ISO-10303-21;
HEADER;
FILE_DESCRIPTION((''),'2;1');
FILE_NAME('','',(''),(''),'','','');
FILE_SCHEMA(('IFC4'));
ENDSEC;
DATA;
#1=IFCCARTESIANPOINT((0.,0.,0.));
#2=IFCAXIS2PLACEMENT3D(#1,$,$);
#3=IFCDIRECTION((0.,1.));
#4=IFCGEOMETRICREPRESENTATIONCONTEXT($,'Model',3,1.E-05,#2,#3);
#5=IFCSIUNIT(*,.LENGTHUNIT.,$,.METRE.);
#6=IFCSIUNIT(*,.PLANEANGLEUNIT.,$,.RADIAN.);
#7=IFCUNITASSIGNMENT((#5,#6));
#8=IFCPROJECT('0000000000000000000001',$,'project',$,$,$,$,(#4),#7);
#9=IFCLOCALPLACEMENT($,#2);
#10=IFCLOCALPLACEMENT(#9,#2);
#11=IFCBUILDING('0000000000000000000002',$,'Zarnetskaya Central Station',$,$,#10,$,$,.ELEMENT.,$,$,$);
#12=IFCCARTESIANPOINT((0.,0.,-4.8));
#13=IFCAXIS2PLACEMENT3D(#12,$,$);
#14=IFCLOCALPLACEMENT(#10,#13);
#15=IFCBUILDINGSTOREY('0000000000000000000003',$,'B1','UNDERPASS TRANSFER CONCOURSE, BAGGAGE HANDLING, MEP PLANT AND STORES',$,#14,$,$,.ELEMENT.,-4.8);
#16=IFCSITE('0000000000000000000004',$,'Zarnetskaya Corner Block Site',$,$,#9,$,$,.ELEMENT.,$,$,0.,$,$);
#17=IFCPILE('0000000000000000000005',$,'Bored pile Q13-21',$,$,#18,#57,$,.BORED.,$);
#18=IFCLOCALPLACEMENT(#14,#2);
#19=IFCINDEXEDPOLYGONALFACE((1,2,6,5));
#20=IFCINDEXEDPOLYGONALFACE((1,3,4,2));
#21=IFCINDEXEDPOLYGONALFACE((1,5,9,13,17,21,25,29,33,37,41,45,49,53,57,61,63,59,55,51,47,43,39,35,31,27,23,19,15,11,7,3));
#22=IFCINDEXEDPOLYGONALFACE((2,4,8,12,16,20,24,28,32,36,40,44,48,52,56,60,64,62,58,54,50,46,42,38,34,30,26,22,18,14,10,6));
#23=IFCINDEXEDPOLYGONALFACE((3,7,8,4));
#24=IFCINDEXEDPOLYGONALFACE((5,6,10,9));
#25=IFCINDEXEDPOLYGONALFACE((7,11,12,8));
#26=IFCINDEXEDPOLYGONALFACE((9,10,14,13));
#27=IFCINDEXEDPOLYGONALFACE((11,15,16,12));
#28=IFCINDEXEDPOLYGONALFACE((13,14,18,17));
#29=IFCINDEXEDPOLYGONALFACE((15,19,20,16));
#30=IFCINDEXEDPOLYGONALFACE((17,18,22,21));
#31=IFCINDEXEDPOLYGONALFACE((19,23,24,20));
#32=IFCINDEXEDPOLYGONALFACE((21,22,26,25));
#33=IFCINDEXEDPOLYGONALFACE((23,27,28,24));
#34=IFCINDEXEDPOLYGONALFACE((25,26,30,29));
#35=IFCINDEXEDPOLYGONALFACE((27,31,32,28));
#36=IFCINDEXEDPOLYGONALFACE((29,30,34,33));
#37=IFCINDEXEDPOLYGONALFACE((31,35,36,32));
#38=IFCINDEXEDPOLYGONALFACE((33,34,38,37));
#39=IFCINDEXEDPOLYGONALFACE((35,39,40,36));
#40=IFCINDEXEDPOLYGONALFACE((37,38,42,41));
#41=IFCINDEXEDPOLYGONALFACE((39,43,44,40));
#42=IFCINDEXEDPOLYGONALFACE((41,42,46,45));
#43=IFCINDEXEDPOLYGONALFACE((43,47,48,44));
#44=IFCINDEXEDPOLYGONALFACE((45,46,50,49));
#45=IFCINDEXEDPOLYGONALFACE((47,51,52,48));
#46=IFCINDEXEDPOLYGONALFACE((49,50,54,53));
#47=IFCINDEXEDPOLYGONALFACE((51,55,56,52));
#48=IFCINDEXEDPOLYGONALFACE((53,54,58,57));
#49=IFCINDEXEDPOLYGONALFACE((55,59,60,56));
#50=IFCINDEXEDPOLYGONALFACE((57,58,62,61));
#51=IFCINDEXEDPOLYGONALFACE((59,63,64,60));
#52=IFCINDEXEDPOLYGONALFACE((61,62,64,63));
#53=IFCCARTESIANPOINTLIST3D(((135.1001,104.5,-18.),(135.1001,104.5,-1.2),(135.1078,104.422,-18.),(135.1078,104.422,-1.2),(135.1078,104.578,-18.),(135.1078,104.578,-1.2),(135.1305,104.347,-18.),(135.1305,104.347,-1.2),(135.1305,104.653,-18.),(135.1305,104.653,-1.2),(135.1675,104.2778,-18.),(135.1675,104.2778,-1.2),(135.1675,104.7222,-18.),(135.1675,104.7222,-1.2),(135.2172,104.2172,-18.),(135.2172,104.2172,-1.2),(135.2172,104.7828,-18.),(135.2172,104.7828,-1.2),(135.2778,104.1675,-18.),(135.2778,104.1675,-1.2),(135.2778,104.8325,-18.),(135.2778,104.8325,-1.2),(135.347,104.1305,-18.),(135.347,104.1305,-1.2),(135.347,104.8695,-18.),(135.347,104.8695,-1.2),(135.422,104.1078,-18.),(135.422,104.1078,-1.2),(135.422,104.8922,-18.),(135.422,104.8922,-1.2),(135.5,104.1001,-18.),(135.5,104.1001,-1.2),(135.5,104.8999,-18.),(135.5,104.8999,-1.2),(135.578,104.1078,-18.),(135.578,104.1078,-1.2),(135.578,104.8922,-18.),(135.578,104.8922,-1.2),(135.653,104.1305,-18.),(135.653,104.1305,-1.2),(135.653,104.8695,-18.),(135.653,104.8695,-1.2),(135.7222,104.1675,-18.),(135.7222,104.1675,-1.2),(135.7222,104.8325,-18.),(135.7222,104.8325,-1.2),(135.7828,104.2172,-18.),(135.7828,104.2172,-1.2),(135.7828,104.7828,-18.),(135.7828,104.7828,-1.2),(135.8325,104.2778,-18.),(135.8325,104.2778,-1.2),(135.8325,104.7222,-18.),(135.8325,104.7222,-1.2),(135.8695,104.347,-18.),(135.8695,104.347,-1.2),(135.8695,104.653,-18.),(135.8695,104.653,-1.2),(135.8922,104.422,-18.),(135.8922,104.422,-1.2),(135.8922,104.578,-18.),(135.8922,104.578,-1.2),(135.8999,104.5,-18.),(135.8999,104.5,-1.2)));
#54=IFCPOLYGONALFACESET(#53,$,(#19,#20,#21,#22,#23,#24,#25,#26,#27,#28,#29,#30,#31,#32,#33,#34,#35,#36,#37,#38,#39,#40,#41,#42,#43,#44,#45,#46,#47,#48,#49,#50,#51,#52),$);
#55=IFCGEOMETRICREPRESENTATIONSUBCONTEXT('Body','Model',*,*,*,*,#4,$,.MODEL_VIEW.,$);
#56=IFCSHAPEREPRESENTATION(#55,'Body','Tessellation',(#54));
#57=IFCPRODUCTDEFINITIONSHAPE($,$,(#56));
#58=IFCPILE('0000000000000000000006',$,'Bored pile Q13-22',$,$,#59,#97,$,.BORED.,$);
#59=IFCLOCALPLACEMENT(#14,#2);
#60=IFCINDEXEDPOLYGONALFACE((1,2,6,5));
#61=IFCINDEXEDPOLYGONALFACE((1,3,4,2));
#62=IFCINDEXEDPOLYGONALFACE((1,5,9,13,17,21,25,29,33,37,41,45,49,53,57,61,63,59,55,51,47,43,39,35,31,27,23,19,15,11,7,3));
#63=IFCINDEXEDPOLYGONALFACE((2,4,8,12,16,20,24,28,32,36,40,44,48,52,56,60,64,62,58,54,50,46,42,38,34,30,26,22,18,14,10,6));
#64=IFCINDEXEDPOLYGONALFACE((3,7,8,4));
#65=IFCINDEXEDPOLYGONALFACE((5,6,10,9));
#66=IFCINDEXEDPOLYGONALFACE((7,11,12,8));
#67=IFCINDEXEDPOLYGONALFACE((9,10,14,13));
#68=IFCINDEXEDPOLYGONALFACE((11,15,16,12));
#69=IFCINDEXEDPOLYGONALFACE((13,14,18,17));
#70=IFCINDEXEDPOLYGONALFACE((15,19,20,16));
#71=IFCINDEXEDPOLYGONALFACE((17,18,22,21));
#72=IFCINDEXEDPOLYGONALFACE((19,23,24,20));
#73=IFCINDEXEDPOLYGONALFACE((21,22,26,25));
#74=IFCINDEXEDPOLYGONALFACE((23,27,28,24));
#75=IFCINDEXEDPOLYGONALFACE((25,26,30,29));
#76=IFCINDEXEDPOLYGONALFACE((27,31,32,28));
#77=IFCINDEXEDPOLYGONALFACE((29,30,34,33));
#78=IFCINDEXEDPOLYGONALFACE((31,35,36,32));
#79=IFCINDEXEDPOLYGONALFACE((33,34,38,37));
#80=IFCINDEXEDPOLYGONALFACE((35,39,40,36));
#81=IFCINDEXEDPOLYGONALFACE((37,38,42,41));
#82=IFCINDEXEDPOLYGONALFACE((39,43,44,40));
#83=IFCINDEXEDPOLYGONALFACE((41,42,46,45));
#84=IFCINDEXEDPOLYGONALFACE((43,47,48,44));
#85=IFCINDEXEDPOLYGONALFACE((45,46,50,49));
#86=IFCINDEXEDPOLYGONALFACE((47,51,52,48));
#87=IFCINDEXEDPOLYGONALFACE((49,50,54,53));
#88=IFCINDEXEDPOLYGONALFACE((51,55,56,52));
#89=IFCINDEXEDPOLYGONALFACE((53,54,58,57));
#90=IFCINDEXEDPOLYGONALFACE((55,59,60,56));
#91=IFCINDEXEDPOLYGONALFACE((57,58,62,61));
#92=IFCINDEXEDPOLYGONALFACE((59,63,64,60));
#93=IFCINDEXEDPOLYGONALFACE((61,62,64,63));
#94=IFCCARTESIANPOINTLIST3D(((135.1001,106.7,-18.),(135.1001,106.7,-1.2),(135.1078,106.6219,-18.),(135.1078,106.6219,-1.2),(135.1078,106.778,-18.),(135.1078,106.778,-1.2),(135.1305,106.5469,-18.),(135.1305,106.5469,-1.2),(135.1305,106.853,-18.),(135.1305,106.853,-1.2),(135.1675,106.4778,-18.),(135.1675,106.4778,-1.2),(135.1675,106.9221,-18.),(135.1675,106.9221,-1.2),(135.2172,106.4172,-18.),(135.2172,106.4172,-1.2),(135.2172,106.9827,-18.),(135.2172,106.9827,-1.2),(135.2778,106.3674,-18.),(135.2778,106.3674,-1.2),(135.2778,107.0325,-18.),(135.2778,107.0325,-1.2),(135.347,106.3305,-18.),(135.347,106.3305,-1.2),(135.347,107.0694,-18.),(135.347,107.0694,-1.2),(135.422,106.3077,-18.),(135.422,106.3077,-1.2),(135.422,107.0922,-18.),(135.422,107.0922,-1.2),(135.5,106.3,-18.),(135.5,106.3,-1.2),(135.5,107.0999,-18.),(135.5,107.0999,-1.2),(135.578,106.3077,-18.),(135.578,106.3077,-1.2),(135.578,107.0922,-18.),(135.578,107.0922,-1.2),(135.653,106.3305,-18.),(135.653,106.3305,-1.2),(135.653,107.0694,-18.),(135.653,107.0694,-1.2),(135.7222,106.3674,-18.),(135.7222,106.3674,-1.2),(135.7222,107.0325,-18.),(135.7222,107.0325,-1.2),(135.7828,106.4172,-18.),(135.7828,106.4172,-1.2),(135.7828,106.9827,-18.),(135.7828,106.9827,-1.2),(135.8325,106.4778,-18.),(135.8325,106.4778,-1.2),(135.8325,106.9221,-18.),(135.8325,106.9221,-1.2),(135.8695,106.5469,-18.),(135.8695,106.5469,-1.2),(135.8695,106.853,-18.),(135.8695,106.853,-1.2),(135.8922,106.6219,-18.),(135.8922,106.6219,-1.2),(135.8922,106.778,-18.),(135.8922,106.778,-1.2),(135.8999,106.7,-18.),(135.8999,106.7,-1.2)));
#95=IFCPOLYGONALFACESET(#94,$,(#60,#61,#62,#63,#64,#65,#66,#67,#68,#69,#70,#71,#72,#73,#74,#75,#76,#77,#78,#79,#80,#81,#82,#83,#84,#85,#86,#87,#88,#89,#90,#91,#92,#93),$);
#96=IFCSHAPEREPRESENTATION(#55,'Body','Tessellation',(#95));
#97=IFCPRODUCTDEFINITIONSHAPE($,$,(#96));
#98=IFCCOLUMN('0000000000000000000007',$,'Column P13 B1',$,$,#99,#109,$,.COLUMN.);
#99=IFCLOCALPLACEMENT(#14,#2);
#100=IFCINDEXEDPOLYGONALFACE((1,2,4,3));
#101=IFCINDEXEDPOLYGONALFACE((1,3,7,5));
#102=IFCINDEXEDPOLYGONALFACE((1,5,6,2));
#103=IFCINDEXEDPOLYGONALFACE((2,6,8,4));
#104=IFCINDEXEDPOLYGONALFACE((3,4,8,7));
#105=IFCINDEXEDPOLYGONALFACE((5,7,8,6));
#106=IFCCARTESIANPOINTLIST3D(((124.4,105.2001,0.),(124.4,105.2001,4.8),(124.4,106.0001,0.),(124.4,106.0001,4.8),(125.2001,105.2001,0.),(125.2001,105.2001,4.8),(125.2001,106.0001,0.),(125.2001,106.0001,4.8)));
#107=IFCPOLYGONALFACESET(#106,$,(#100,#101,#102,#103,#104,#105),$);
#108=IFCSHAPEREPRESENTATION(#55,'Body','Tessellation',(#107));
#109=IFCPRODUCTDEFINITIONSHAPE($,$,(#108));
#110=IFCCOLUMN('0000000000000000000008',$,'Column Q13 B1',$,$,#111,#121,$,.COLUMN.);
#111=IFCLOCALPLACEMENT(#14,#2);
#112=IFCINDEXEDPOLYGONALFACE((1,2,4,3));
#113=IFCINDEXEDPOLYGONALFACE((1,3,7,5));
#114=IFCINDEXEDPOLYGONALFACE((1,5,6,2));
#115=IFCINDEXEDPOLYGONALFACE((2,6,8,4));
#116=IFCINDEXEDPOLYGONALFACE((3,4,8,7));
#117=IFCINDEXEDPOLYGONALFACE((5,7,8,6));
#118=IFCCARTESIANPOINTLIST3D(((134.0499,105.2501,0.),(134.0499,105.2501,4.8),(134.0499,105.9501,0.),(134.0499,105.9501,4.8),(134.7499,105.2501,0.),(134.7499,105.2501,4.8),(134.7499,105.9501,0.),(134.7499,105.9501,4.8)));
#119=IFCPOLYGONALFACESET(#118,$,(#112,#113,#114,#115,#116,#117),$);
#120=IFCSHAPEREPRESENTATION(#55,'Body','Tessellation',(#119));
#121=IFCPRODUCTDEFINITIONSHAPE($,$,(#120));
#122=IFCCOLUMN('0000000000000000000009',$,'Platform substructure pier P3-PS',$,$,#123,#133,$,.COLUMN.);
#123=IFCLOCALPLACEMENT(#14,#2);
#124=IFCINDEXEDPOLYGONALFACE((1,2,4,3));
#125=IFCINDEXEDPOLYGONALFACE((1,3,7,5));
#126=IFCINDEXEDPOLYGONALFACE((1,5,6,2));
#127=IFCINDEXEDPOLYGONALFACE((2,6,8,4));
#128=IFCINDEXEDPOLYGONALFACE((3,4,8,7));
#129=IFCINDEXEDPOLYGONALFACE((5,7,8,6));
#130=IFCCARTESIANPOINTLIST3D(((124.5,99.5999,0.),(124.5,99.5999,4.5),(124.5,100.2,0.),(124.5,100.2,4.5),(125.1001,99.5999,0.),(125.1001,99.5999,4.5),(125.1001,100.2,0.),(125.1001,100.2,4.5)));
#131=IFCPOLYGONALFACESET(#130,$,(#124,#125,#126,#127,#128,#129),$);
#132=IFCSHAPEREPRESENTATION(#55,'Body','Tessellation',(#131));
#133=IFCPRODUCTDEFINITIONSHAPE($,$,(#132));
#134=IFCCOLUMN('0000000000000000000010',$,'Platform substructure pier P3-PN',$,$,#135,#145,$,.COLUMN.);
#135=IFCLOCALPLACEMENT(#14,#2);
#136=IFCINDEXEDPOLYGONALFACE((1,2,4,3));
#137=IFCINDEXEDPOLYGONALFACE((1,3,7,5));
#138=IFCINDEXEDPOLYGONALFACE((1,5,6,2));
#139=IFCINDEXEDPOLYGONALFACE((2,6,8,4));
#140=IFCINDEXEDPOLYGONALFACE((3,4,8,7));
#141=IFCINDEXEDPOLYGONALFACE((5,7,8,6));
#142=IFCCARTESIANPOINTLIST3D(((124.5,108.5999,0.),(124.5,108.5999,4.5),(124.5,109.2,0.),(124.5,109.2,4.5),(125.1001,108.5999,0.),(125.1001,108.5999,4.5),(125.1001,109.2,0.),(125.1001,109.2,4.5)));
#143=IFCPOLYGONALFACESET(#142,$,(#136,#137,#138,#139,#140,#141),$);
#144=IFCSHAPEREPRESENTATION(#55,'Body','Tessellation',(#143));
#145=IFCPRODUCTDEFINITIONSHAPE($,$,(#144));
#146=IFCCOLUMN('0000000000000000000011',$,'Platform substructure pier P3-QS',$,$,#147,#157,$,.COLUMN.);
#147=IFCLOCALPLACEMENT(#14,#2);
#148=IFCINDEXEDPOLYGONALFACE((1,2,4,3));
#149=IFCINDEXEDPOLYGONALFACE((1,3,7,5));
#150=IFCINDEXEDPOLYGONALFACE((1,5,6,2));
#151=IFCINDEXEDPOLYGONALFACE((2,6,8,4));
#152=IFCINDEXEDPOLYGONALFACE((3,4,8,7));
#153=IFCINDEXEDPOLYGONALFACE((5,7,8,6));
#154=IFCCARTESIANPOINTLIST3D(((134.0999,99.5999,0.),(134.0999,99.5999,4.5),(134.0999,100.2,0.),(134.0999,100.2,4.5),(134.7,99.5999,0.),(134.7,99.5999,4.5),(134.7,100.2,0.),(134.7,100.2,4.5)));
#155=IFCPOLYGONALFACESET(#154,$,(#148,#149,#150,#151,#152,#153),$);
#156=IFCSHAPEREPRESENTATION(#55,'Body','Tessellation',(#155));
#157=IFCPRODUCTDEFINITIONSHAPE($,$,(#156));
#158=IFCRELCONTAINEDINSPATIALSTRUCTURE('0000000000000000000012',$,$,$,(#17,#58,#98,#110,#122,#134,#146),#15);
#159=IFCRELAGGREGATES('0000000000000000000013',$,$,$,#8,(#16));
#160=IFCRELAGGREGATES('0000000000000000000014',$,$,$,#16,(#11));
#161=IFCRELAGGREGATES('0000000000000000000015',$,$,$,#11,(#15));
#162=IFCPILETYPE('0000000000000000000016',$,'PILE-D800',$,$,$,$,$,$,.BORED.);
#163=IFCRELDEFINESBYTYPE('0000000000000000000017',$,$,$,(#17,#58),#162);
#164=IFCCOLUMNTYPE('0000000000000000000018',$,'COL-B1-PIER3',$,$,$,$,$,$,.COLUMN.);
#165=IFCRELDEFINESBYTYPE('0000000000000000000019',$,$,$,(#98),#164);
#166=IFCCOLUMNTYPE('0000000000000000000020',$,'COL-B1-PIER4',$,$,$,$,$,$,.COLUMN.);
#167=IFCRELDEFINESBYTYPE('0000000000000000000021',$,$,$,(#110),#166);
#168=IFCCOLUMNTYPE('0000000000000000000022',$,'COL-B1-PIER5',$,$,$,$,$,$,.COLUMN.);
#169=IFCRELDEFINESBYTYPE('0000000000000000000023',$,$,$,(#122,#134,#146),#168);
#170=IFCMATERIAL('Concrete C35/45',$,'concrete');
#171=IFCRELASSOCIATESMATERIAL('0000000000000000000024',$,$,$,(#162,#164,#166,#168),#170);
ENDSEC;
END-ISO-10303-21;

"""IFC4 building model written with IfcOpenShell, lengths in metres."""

from ifc_helpers import new_model, si_unit, direction, frame, origin, origin_2d, place, context, subcontext, project, spatial, rectangle, circle, extrude, material, material_profile, profile_set, type_object, element, save


model = new_model("IFC4")

# Units and contexts
model_context = context("Model", 3, precision=1e-05, world=origin(), true_north=direction((0.0, 1.0)))
body_context = subcontext(model_context, "Body", "Model", "MODEL_VIEW")
ifc_project = project(units=[si_unit("LENGTHUNIT", "METRE"), si_unit("PLANEANGLEUNIT", "RADIAN")], contexts=[model_context])

# Site, building, storey
site_placement = place(None, origin())
site = spatial("IfcSite", under=ifc_project, at=site_placement, Name="Zarnetskaya Corner Block Site", CompositionType="ELEMENT", RefElevation=0.0)
building_placement = place(site_placement, origin())
building = spatial("IfcBuilding", under=site, at=building_placement, Name="Zarnetskaya Central Station", CompositionType="ELEMENT")
storey_placement = place(building_placement, frame((0.0, 0.0, -4.8)))
storey = spatial("IfcBuildingStorey", under=building, at=storey_placement, Name="B1", Description="UNDERPASS TRANSFER CONCOURSE, BAGGAGE HANDLING, MEP PLANT AND STORES", CompositionType="ELEMENT", Elevation=-4.8)

# Shared definitions
ifc_material = material(Name="Concrete C35/45", Category="concrete")

# Piles
ifc_material_profile_1 = material_profile(ifc_material, circle(Radius=0.3999, at=origin_2d()), Name="BORED PILE D800")
ifc_profile_set_1 = profile_set([ifc_material_profile_1], Name="Concrete C35/45")
pile_type_1 = type_object("IfcPileType", Name="PILE-D800", PredefinedType="BORED", material=ifc_profile_set_1)
for number, where, z_axis, x_axis, name in (
    (1, (135.5, 104.5, -1.2), (0.0, 0.0, -1.0), (1.0, 0.0, 0.0), "Bored pile Q13-21"),
    (2, (135.5, 106.7, -1.2), (0.0, 0.0, -1.0), (1.0, 0.0, 0.0), "Bored pile Q13-22"),
):
    element("IfcPile", number, at=place(storey_placement, frame(where, z_axis=z_axis, x_axis=x_axis)), inside=storey, type_object=pile_type_1, Name=name, PredefinedType="BORED", context=body_context, shape_type="SweptSolid", body=[
        extrude(circle(Radius=0.3999, at=origin_2d()), origin(), (0.0, 0.0, 1.0), 16.8),
    ])

# Columns
ifc_material_profile_2 = material_profile(ifc_material, rectangle(XDim=0.8, YDim=0.8, at=origin_2d()), Name="RC 800x800")
ifc_profile_set_2 = profile_set([ifc_material_profile_2], Name="Concrete C35/45")
column_type_1 = type_object("IfcColumnType", Name="COL-B1-PIER3", PredefinedType="COLUMN", material=ifc_profile_set_2)
column_1_placement = place(storey_placement, frame((124.8, 105.6001, 0.0), z_axis=(0.0, 0.0, 1.0), x_axis=(1.0, 0.0, 0.0)))
element("IfcColumn", 3, at=column_1_placement, inside=storey, type_object=column_type_1, Name="Column P13 B1", PredefinedType="COLUMN", context=body_context, shape_type="SweptSolid", body=[
    extrude(rectangle(XDim=0.8, YDim=0.8, at=origin_2d()), origin(), (0.0, 0.0, 1.0), 4.8),
])
ifc_material_profile_3 = material_profile(ifc_material, rectangle(XDim=0.7, YDim=0.7, at=origin_2d()), Name="RC 700x700")
ifc_profile_set_3 = profile_set([ifc_material_profile_3], Name="Concrete C35/45")
column_type_2 = type_object("IfcColumnType", Name="COL-B1-PIER4", PredefinedType="COLUMN", material=ifc_profile_set_3)
column_2_placement = place(storey_placement, frame((134.3999, 105.6001, 0.0), z_axis=(0.0, 0.0, 1.0), x_axis=(1.0, 0.0, 0.0)))
element("IfcColumn", 4, at=column_2_placement, inside=storey, type_object=column_type_2, Name="Column Q13 B1", PredefinedType="COLUMN", context=body_context, shape_type="SweptSolid", body=[
    extrude(rectangle(XDim=0.7, YDim=0.7, at=origin_2d()), origin(), (0.0, 0.0, 1.0), 4.8),
])
ifc_material_profile_4 = material_profile(ifc_material, rectangle(XDim=0.6001, YDim=0.6001, at=origin_2d()), Name="RC 600x600")
ifc_profile_set_4 = profile_set([ifc_material_profile_4], Name="Concrete C35/45")
column_type_3 = type_object("IfcColumnType", Name="COL-B1-PIER5", PredefinedType="COLUMN", material=ifc_profile_set_4)
for number, where, z_axis, x_axis, name in (
    (5, (124.8, 99.8999, 0.0), (0.0, 0.0, 1.0), (1.0, 0.0, 0.0), "Platform substructure pier P3-PS"),
    (6, (124.8, 108.8999, 0.0), (0.0, 0.0, 1.0), (1.0, 0.0, 0.0), "Platform substructure pier P3-PN"),
    (7, (134.3999, 99.8999, 0.0), (0.0, 0.0, 1.0), (1.0, 0.0, 0.0), "Platform substructure pier P3-QS"),
):
    element("IfcColumn", number, at=place(storey_placement, frame(where, z_axis=z_axis, x_axis=x_axis)), inside=storey, type_object=column_type_3, Name=name, PredefinedType="COLUMN", context=body_context, shape_type="SweptSolid", body=[
        extrude(rectangle(XDim=0.6001, YDim=0.6001, at=origin_2d()), origin(), (0.0, 0.0, 1.0), 4.5),
    ])

save(model, "model.ifc")
